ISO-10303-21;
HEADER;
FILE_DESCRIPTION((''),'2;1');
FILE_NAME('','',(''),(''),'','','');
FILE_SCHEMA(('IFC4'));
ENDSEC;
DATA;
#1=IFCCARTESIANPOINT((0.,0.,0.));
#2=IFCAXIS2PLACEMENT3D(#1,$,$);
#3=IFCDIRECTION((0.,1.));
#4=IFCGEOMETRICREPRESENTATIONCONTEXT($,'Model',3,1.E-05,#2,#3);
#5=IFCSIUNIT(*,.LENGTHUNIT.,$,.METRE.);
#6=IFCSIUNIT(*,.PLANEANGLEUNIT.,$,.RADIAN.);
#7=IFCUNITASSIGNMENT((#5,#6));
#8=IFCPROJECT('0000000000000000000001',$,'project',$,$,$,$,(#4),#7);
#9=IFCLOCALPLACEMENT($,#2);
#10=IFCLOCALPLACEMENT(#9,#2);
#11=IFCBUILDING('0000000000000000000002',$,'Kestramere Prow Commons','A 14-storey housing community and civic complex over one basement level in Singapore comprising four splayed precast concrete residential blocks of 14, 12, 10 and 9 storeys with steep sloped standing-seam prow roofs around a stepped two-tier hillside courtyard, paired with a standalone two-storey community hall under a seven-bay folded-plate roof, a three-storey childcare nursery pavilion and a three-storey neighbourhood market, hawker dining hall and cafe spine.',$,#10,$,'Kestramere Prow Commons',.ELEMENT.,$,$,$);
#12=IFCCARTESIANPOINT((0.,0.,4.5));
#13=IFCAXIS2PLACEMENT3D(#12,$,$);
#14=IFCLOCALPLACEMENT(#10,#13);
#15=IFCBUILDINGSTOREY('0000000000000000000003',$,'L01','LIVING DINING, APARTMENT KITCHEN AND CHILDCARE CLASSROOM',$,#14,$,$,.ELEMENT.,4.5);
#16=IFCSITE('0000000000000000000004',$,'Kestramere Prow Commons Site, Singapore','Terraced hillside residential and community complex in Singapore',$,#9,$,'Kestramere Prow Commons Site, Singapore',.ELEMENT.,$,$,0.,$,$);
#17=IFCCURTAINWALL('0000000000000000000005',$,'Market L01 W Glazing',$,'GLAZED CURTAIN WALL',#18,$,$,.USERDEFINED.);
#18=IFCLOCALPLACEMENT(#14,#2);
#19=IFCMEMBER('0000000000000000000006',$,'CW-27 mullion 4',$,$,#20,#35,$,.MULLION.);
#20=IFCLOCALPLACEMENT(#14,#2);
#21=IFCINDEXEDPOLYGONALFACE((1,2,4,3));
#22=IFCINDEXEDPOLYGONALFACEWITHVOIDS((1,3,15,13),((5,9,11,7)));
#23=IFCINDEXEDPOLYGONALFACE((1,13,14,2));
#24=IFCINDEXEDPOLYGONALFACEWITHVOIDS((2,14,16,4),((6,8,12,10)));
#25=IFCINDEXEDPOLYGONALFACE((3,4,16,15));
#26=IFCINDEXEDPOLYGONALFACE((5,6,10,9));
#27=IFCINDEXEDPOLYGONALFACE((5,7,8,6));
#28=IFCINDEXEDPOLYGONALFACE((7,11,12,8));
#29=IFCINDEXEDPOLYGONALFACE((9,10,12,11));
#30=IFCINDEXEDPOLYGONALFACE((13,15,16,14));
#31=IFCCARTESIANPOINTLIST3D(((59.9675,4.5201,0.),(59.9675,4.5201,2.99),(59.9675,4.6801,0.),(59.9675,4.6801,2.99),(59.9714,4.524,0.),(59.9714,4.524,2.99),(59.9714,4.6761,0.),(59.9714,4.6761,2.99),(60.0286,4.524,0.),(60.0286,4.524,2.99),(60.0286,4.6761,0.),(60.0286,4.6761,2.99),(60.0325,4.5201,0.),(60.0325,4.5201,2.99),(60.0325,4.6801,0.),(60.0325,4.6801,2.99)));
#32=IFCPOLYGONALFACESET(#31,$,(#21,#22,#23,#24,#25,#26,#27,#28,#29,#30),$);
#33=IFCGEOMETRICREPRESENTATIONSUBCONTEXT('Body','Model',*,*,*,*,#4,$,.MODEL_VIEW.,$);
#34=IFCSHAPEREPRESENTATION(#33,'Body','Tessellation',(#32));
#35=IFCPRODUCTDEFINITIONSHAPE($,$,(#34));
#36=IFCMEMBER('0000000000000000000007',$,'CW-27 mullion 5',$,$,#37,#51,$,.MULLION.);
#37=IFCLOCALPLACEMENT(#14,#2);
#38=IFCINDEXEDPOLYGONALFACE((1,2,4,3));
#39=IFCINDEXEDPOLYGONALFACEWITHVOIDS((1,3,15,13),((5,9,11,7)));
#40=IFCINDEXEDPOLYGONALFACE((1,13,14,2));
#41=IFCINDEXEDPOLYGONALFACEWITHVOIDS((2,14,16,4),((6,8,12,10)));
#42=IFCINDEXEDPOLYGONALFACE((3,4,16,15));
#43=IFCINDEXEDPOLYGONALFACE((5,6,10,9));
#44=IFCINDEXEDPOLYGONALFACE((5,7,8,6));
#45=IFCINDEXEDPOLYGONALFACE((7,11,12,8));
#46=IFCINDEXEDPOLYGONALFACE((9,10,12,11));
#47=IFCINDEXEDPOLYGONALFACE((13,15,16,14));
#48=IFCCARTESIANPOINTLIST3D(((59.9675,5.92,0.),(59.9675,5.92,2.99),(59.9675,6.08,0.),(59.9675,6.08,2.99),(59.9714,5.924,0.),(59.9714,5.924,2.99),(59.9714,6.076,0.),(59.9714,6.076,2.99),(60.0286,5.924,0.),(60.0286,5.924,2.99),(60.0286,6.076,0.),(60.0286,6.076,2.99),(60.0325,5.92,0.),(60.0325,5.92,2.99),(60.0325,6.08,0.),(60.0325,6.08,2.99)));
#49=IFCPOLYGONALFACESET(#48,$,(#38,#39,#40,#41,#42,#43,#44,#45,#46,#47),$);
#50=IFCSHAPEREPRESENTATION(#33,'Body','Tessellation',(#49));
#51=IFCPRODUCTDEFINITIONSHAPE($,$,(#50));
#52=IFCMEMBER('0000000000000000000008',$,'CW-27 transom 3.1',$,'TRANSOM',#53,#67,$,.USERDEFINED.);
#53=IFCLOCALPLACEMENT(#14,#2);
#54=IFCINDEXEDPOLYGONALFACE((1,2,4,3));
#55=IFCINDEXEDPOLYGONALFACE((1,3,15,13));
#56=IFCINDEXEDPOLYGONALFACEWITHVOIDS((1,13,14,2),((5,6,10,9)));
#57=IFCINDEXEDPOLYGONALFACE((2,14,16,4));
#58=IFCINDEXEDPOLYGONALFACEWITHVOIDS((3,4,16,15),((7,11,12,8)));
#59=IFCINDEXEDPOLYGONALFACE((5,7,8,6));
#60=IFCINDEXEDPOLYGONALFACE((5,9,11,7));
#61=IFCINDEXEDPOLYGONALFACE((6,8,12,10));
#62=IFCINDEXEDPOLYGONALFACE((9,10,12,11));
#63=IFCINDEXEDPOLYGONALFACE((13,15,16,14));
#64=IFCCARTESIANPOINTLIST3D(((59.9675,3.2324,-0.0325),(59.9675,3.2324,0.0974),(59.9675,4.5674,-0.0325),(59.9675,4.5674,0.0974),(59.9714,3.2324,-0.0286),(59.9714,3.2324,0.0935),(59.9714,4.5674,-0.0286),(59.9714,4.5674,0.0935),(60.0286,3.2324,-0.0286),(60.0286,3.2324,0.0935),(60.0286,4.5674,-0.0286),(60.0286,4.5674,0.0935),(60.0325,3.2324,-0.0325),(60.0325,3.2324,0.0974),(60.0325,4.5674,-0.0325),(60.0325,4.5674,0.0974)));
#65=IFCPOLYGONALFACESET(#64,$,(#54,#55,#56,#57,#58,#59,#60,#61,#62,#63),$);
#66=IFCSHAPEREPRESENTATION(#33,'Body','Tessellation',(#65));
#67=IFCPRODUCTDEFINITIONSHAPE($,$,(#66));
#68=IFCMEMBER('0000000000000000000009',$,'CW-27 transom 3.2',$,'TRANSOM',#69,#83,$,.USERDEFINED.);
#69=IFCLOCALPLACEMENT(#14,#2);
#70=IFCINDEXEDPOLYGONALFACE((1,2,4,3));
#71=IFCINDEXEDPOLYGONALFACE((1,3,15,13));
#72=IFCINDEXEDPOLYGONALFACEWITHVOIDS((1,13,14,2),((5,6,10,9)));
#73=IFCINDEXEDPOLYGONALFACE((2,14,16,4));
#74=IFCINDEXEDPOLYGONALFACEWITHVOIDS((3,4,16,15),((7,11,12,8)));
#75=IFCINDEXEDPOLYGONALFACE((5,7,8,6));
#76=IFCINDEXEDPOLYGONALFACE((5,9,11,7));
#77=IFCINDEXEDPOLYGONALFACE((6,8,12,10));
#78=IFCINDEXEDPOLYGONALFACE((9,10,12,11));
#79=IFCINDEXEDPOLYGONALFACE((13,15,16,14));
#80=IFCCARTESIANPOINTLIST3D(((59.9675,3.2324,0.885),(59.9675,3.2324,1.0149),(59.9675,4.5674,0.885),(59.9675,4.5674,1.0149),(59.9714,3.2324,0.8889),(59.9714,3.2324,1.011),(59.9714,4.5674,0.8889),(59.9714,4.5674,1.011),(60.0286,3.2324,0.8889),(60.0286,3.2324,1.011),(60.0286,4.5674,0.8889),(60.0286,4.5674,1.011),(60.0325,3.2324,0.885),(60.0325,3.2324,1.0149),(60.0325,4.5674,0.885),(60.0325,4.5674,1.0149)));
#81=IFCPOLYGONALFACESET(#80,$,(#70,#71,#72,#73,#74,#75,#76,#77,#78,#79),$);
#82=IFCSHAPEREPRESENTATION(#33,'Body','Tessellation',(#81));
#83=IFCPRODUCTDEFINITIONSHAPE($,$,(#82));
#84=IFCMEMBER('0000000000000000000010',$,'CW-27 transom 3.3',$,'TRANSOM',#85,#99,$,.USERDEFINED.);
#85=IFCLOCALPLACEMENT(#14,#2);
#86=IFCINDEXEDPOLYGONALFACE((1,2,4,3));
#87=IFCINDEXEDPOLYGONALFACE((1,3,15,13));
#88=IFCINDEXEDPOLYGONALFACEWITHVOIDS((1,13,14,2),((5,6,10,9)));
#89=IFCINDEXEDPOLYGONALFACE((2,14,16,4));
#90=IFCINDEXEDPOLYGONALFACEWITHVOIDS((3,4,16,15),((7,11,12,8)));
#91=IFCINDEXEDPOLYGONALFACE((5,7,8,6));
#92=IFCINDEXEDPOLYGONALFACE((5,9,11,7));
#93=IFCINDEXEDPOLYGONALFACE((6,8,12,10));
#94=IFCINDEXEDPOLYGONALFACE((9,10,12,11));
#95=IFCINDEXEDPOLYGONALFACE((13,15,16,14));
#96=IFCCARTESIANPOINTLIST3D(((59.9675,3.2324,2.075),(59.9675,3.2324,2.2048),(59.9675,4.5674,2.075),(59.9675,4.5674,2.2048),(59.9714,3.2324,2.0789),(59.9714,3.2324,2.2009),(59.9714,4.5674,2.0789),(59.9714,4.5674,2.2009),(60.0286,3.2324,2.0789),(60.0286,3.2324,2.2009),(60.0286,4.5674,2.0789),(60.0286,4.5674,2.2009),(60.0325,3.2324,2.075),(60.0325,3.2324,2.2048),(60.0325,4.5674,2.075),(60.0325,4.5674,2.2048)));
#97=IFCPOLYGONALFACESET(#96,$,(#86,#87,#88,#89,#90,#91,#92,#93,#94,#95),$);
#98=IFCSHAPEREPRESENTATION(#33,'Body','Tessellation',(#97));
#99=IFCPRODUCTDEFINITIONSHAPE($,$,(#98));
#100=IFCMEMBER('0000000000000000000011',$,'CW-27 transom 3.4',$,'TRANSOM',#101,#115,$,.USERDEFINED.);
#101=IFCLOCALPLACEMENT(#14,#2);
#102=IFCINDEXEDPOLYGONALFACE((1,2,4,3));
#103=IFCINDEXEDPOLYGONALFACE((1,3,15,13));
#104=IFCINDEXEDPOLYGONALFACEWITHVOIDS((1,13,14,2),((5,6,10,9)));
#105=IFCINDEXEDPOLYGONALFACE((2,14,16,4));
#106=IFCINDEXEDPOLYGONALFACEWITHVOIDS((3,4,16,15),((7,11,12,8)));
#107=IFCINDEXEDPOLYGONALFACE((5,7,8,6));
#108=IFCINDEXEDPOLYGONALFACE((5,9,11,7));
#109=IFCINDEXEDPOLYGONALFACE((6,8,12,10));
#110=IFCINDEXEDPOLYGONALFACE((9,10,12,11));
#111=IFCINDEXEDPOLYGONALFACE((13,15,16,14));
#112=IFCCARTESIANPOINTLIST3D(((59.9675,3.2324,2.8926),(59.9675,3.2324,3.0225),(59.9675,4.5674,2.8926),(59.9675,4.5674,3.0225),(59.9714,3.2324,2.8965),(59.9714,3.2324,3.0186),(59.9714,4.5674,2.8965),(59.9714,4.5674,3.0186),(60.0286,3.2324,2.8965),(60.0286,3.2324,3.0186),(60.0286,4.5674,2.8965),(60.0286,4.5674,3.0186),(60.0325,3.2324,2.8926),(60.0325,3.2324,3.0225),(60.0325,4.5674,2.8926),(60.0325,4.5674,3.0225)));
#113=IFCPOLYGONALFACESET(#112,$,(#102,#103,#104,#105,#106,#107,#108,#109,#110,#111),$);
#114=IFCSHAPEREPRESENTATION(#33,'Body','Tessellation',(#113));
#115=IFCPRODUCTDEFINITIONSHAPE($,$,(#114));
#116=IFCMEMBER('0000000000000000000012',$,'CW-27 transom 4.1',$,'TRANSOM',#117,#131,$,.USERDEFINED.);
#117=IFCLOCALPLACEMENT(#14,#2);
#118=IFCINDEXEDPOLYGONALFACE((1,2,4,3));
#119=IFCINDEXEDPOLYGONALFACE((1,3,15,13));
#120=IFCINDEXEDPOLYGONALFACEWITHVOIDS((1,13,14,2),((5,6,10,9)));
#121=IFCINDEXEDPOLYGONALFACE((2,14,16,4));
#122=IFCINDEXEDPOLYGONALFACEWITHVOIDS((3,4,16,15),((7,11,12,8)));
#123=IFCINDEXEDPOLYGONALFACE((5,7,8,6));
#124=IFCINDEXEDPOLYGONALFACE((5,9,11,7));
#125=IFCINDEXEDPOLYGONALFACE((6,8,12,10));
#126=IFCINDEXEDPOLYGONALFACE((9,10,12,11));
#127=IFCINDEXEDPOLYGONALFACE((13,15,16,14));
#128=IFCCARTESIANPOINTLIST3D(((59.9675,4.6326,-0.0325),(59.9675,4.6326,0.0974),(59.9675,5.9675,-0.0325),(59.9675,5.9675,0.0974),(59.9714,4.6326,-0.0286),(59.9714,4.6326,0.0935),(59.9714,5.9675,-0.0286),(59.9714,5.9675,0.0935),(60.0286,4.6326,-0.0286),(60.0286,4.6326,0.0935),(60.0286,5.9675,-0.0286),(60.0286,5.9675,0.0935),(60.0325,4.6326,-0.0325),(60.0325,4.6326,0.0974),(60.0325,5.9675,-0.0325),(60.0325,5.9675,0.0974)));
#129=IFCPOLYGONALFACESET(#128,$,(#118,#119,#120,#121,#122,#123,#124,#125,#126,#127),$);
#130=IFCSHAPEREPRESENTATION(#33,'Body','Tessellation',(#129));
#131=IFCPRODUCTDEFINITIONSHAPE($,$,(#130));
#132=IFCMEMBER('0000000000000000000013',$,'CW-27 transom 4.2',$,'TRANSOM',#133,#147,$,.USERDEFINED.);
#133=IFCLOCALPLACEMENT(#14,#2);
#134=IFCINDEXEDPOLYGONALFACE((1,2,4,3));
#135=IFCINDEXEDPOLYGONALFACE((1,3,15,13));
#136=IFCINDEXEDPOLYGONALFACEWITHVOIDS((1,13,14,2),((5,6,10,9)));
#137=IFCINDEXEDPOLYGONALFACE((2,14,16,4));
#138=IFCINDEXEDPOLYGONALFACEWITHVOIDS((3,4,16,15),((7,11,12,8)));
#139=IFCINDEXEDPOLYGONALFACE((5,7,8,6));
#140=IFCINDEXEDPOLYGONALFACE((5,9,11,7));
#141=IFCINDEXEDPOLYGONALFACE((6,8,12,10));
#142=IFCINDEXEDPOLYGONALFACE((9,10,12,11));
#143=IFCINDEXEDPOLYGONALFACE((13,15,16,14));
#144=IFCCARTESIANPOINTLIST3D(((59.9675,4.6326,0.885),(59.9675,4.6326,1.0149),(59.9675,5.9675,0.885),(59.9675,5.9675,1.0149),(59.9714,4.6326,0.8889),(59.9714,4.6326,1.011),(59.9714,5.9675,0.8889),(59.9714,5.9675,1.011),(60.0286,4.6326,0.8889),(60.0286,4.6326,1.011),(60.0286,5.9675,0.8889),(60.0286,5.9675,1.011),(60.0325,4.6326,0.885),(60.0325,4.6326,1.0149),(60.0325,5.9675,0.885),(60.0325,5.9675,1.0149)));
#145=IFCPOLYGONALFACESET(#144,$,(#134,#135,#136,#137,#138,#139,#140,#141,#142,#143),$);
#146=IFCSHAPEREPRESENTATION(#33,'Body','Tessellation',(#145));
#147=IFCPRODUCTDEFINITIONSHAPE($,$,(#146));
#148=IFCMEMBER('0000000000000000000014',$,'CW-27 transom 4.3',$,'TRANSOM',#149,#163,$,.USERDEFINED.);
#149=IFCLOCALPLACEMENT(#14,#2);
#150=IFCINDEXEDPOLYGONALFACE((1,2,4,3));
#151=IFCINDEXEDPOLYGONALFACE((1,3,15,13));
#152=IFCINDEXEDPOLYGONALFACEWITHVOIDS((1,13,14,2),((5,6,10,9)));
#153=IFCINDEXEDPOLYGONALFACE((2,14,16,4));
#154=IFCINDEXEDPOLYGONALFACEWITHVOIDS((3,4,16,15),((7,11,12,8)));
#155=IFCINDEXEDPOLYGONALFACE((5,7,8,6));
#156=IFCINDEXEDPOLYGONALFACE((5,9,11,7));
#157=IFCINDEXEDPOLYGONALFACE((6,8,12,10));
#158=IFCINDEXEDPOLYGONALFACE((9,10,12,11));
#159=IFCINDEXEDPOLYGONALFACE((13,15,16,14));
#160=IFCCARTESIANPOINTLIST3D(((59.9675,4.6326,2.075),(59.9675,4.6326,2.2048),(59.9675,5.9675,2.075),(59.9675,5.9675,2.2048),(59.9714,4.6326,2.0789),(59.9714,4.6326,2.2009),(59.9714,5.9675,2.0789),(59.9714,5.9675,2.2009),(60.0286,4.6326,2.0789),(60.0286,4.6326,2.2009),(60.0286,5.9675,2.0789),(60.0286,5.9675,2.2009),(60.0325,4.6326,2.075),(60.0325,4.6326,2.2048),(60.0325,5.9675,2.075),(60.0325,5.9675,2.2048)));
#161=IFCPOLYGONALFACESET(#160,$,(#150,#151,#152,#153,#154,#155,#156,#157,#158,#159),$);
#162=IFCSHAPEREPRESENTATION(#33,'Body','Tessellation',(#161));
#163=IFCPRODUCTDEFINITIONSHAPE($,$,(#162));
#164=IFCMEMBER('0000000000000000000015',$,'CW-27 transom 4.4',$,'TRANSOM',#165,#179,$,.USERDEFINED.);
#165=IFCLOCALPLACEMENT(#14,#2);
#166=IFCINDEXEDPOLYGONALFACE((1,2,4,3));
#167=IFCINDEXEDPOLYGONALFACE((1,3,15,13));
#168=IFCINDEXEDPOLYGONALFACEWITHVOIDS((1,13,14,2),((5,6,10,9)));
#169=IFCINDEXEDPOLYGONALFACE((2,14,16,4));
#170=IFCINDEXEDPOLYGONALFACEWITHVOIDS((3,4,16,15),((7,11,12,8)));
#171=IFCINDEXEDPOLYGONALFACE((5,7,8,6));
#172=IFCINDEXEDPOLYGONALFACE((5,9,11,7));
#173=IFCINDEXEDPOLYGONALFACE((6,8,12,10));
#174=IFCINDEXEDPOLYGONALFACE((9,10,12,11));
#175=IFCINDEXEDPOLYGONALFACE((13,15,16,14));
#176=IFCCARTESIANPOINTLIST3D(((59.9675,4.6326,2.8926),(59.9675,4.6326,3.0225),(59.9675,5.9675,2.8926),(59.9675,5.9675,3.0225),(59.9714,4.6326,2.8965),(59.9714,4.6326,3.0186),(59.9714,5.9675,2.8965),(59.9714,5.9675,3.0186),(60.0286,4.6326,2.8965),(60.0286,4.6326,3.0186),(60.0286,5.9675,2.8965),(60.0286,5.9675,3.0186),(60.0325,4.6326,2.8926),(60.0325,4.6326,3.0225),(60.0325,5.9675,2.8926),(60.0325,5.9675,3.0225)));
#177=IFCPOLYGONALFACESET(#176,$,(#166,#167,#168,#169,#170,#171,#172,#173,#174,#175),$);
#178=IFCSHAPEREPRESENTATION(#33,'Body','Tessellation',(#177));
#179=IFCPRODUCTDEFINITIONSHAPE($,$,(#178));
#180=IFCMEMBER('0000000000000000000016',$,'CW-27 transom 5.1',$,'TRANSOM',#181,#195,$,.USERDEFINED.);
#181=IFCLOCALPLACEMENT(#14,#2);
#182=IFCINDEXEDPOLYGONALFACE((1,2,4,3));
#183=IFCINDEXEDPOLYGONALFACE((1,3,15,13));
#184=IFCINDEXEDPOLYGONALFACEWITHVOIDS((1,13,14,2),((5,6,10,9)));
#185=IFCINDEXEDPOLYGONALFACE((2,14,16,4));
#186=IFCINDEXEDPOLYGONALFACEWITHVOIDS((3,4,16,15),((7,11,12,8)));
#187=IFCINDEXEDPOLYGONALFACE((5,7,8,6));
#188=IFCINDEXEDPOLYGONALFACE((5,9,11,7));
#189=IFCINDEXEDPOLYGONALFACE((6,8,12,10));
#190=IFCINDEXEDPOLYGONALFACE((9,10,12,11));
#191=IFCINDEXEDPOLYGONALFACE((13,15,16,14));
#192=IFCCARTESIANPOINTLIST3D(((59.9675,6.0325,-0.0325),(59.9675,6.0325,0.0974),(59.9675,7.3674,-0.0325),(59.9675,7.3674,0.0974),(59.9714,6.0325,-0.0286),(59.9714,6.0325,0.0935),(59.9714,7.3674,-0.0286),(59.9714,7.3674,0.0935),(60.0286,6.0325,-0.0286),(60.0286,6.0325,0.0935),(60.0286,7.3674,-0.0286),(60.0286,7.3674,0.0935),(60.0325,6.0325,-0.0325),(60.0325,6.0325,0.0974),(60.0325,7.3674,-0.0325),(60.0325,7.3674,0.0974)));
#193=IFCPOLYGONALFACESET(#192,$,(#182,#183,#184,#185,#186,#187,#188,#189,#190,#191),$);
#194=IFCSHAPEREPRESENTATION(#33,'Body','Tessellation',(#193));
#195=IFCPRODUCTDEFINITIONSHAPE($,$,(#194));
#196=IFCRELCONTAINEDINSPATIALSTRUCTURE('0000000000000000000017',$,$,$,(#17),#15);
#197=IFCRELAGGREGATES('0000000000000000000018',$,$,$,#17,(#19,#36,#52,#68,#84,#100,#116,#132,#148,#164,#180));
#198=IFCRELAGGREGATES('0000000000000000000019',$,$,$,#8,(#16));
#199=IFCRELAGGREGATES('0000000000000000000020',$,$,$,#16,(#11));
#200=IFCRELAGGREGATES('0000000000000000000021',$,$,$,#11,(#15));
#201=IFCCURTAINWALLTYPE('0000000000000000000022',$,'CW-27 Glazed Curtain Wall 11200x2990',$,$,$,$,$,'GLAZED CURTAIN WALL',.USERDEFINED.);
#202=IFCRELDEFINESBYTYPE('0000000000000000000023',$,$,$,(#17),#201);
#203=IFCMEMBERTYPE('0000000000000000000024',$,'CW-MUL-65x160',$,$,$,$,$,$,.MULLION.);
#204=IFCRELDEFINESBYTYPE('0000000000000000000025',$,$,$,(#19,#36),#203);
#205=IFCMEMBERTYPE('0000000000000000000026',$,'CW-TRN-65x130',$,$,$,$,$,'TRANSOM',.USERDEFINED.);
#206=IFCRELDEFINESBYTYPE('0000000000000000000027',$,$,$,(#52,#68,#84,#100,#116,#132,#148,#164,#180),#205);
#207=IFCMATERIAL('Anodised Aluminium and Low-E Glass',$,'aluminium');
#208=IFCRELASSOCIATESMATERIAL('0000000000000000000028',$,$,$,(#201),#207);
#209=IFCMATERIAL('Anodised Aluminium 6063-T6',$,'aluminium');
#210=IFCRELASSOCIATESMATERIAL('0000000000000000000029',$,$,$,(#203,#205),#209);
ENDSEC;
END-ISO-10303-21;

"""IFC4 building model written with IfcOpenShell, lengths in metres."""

from ifc_helpers import new_model, si_unit, direction, frame, origin, origin_2d, place, context, subcontext, project, spatial, hollow_rectangle, extrude, material, material_profile, profile_set, type_object, element, aggregate, save


model = new_model("IFC4")

# Units and contexts
model_context = context("Model", 3, precision=1e-05, world=origin(), true_north=direction((0.0, 1.0)))
body_context = subcontext(model_context, "Body", "Model", "MODEL_VIEW")
ifc_project = project(units=[si_unit("LENGTHUNIT", "METRE"), si_unit("PLANEANGLEUNIT", "RADIAN")], contexts=[model_context])

# Site, building, storey
site_placement = place(None, origin())
site = spatial("IfcSite", under=ifc_project, at=site_placement, Name="Kestramere Prow Commons Site, Singapore", Description="Terraced hillside residential and community complex in Singapore", LongName="Kestramere Prow Commons Site, Singapore", CompositionType="ELEMENT", RefElevation=0.0)
building_placement = place(site_placement, origin())
building = spatial("IfcBuilding", under=site, at=building_placement, Name="Kestramere Prow Commons", Description="A 14-storey housing community and civic complex over one basement level in Singapore comprising four splayed precast concrete residential blocks of 14, 12, 10 and 9 storeys with steep sloped standing-seam prow roofs around a stepped two-tier hillside courtyard, paired with a standalone two-storey community hall under a seven-bay folded-plate roof, a three-storey childcare nursery pavilion and a three-storey neighbourhood market, hawker dining hall and cafe spine.", LongName="Kestramere Prow Commons", CompositionType="ELEMENT")
storey_placement = place(building_placement, frame((0.0, 0.0, 4.5)))
storey = spatial("IfcBuildingStorey", under=building, at=storey_placement, Name="L01", Description="LIVING DINING, APARTMENT KITCHEN AND CHILDCARE CLASSROOM", CompositionType="ELEMENT", Elevation=4.5)

# Curtain wall, members
ifc_material_1 = material(Name="Anodised Aluminium and Low-E Glass", Category="aluminium")
curtain_wall_type = type_object("IfcCurtainWallType", Name="CW-27 Glazed Curtain Wall 11200x2990", ElementType="GLAZED CURTAIN WALL", PredefinedType="USERDEFINED", material=ifc_material_1)
curtain_wall_placement = place(storey_placement, origin())
curtain_wall = element("IfcCurtainWall", 1, at=curtain_wall_placement, inside=storey, type_object=curtain_wall_type, Name="Market L01 W Glazing", ObjectType="GLAZED CURTAIN WALL", PredefinedType="USERDEFINED")
ifc_material_2 = material(Name="Anodised Aluminium 6063-T6", Category="aluminium")
ifc_material_profile_1 = material_profile(ifc_material_2, hollow_rectangle(XDim=0.0649, YDim=0.1599, WallThickness=0.0039, at=origin_2d()), Name="ALU-MUL 65x160")
ifc_profile_set_1 = profile_set([ifc_material_profile_1], Name="Anodised Aluminium 6063-T6")
member_type_1 = type_object("IfcMemberType", Name="CW-MUL-65x160", PredefinedType="MULLION", material=ifc_profile_set_1)
member_1_placement = place(storey_placement, frame((60.0, 4.6001, 0.0), z_axis=(0.0, 0.0, 1.0), x_axis=(-1.0, 0.0, 0.0)))
member_1 = element("IfcMember", 2, at=member_1_placement, type_object=member_type_1, Name="CW-27 mullion 4", PredefinedType="MULLION", context=body_context, shape_type="SweptSolid", body=[
    extrude(hollow_rectangle(XDim=0.0649, YDim=0.1599, WallThickness=0.0039, at=origin_2d()), origin(), (0.0, 0.0, 1.0), 2.99),
])
member_2_placement = place(storey_placement, frame((60.0, 6.0, 0.0), z_axis=(0.0, 0.0, 1.0), x_axis=(-1.0, 0.0, 0.0)))
member_2 = element("IfcMember", 3, at=member_2_placement, type_object=member_type_1, Name="CW-27 mullion 5", PredefinedType="MULLION", context=body_context, shape_type="SweptSolid", body=[
    extrude(hollow_rectangle(XDim=0.0649, YDim=0.1599, WallThickness=0.0039, at=origin_2d()), origin(), (0.0, 0.0, 1.0), 2.99),
])
ifc_material_profile_2 = material_profile(ifc_material_2, hollow_rectangle(XDim=0.0649, YDim=0.1299, WallThickness=0.0039, at=origin_2d()), Name="ALU-TRN 65x130")
ifc_profile_set_2 = profile_set([ifc_material_profile_2], Name="Anodised Aluminium 6063-T6")
member_type_2 = type_object("IfcMemberType", Name="CW-TRN-65x130", ElementType="TRANSOM", PredefinedType="USERDEFINED", material=ifc_profile_set_2)
member_3_placement = place(storey_placement, frame((60.0, 3.2324, 0.0325), z_axis=(0.0, 1.0, 0.0), x_axis=(-1.0, 0.0, 0.0)))
member_3 = element("IfcMember", 4, at=member_3_placement, type_object=member_type_2, Name="CW-27 transom 3.1", ObjectType="TRANSOM", PredefinedType="USERDEFINED", context=body_context, shape_type="SweptSolid", body=[
    extrude(hollow_rectangle(XDim=0.0649, YDim=0.1299, WallThickness=0.0039, at=origin_2d()), origin(), (0.0, 0.0, 1.0), 1.335),
])
member_4_placement = place(storey_placement, frame((60.0, 3.2324, 0.95), z_axis=(0.0, 1.0, 0.0), x_axis=(-1.0, 0.0, 0.0)))
member_4 = element("IfcMember", 5, at=member_4_placement, type_object=member_type_2, Name="CW-27 transom 3.2", ObjectType="TRANSOM", PredefinedType="USERDEFINED", context=body_context, shape_type="SweptSolid", body=[
    extrude(hollow_rectangle(XDim=0.0649, YDim=0.1299, WallThickness=0.0039, at=origin_2d()), origin(), (0.0, 0.0, 1.0), 1.335),
])
member_5_placement = place(storey_placement, frame((60.0, 3.2324, 2.1399), z_axis=(0.0, 1.0, 0.0), x_axis=(-1.0, 0.0, 0.0)))
member_5 = element("IfcMember", 6, at=member_5_placement, type_object=member_type_2, Name="CW-27 transom 3.3", ObjectType="TRANSOM", PredefinedType="USERDEFINED", context=body_context, shape_type="SweptSolid", body=[
    extrude(hollow_rectangle(XDim=0.0649, YDim=0.1299, WallThickness=0.0039, at=origin_2d()), origin(), (0.0, 0.0, 1.0), 1.335),
])
member_6_placement = place(storey_placement, frame((60.0, 3.2324, 2.9575), z_axis=(0.0, 1.0, 0.0), x_axis=(-1.0, 0.0, 0.0)))
member_6 = element("IfcMember", 7, at=member_6_placement, type_object=member_type_2, Name="CW-27 transom 3.4", ObjectType="TRANSOM", PredefinedType="USERDEFINED", context=body_context, shape_type="SweptSolid", body=[
    extrude(hollow_rectangle(XDim=0.0649, YDim=0.1299, WallThickness=0.0039, at=origin_2d()), origin(), (0.0, 0.0, 1.0), 1.335),
])
member_7_placement = place(storey_placement, frame((60.0, 4.6326, 0.0325), z_axis=(0.0, 1.0, 0.0), x_axis=(-1.0, 0.0, 0.0)))
member_7 = element("IfcMember", 8, at=member_7_placement, type_object=member_type_2, Name="CW-27 transom 4.1", ObjectType="TRANSOM", PredefinedType="USERDEFINED", context=body_context, shape_type="SweptSolid", body=[
    extrude(hollow_rectangle(XDim=0.0649, YDim=0.1299, WallThickness=0.0039, at=origin_2d()), origin(), (0.0, 0.0, 1.0), 1.335),
])
member_8_placement = place(storey_placement, frame((60.0, 4.6326, 0.95), z_axis=(0.0, 1.0, 0.0), x_axis=(-1.0, 0.0, 0.0)))
member_8 = element("IfcMember", 9, at=member_8_placement, type_object=member_type_2, Name="CW-27 transom 4.2", ObjectType="TRANSOM", PredefinedType="USERDEFINED", context=body_context, shape_type="SweptSolid", body=[
    extrude(hollow_rectangle(XDim=0.0649, YDim=0.1299, WallThickness=0.0039, at=origin_2d()), origin(), (0.0, 0.0, 1.0), 1.335),
])
member_9_placement = place(storey_placement, frame((60.0, 4.6326, 2.1399), z_axis=(0.0, 1.0, 0.0), x_axis=(-1.0, 0.0, 0.0)))
member_9 = element("IfcMember", 10, at=member_9_placement, type_object=member_type_2, Name="CW-27 transom 4.3", ObjectType="TRANSOM", PredefinedType="USERDEFINED", context=body_context, shape_type="SweptSolid", body=[
    extrude(hollow_rectangle(XDim=0.0649, YDim=0.1299, WallThickness=0.0039, at=origin_2d()), origin(), (0.0, 0.0, 1.0), 1.335),
])
member_10_placement = place(storey_placement, frame((60.0, 4.6326, 2.9575), z_axis=(0.0, 1.0, 0.0), x_axis=(-1.0, 0.0, 0.0)))
member_10 = element("IfcMember", 11, at=member_10_placement, type_object=member_type_2, Name="CW-27 transom 4.4", ObjectType="TRANSOM", PredefinedType="USERDEFINED", context=body_context, shape_type="SweptSolid", body=[
    extrude(hollow_rectangle(XDim=0.0649, YDim=0.1299, WallThickness=0.0039, at=origin_2d()), origin(), (0.0, 0.0, 1.0), 1.335),
])
member_11_placement = place(storey_placement, frame((60.0, 6.0325, 0.0325), z_axis=(0.0, 1.0, 0.0), x_axis=(-1.0, 0.0, 0.0)))
member_11 = element("IfcMember", 12, at=member_11_placement, type_object=member_type_2, Name="CW-27 transom 5.1", ObjectType="TRANSOM", PredefinedType="USERDEFINED", context=body_context, shape_type="SweptSolid", body=[
    extrude(hollow_rectangle(XDim=0.0649, YDim=0.1299, WallThickness=0.0039, at=origin_2d()), origin(), (0.0, 0.0, 1.0), 1.335),
])
aggregate(curtain_wall, [member_1, member_2, member_3, member_4, member_5, member_6, member_7, member_8, member_9, member_10, member_11])

save(model, "model.ifc")
